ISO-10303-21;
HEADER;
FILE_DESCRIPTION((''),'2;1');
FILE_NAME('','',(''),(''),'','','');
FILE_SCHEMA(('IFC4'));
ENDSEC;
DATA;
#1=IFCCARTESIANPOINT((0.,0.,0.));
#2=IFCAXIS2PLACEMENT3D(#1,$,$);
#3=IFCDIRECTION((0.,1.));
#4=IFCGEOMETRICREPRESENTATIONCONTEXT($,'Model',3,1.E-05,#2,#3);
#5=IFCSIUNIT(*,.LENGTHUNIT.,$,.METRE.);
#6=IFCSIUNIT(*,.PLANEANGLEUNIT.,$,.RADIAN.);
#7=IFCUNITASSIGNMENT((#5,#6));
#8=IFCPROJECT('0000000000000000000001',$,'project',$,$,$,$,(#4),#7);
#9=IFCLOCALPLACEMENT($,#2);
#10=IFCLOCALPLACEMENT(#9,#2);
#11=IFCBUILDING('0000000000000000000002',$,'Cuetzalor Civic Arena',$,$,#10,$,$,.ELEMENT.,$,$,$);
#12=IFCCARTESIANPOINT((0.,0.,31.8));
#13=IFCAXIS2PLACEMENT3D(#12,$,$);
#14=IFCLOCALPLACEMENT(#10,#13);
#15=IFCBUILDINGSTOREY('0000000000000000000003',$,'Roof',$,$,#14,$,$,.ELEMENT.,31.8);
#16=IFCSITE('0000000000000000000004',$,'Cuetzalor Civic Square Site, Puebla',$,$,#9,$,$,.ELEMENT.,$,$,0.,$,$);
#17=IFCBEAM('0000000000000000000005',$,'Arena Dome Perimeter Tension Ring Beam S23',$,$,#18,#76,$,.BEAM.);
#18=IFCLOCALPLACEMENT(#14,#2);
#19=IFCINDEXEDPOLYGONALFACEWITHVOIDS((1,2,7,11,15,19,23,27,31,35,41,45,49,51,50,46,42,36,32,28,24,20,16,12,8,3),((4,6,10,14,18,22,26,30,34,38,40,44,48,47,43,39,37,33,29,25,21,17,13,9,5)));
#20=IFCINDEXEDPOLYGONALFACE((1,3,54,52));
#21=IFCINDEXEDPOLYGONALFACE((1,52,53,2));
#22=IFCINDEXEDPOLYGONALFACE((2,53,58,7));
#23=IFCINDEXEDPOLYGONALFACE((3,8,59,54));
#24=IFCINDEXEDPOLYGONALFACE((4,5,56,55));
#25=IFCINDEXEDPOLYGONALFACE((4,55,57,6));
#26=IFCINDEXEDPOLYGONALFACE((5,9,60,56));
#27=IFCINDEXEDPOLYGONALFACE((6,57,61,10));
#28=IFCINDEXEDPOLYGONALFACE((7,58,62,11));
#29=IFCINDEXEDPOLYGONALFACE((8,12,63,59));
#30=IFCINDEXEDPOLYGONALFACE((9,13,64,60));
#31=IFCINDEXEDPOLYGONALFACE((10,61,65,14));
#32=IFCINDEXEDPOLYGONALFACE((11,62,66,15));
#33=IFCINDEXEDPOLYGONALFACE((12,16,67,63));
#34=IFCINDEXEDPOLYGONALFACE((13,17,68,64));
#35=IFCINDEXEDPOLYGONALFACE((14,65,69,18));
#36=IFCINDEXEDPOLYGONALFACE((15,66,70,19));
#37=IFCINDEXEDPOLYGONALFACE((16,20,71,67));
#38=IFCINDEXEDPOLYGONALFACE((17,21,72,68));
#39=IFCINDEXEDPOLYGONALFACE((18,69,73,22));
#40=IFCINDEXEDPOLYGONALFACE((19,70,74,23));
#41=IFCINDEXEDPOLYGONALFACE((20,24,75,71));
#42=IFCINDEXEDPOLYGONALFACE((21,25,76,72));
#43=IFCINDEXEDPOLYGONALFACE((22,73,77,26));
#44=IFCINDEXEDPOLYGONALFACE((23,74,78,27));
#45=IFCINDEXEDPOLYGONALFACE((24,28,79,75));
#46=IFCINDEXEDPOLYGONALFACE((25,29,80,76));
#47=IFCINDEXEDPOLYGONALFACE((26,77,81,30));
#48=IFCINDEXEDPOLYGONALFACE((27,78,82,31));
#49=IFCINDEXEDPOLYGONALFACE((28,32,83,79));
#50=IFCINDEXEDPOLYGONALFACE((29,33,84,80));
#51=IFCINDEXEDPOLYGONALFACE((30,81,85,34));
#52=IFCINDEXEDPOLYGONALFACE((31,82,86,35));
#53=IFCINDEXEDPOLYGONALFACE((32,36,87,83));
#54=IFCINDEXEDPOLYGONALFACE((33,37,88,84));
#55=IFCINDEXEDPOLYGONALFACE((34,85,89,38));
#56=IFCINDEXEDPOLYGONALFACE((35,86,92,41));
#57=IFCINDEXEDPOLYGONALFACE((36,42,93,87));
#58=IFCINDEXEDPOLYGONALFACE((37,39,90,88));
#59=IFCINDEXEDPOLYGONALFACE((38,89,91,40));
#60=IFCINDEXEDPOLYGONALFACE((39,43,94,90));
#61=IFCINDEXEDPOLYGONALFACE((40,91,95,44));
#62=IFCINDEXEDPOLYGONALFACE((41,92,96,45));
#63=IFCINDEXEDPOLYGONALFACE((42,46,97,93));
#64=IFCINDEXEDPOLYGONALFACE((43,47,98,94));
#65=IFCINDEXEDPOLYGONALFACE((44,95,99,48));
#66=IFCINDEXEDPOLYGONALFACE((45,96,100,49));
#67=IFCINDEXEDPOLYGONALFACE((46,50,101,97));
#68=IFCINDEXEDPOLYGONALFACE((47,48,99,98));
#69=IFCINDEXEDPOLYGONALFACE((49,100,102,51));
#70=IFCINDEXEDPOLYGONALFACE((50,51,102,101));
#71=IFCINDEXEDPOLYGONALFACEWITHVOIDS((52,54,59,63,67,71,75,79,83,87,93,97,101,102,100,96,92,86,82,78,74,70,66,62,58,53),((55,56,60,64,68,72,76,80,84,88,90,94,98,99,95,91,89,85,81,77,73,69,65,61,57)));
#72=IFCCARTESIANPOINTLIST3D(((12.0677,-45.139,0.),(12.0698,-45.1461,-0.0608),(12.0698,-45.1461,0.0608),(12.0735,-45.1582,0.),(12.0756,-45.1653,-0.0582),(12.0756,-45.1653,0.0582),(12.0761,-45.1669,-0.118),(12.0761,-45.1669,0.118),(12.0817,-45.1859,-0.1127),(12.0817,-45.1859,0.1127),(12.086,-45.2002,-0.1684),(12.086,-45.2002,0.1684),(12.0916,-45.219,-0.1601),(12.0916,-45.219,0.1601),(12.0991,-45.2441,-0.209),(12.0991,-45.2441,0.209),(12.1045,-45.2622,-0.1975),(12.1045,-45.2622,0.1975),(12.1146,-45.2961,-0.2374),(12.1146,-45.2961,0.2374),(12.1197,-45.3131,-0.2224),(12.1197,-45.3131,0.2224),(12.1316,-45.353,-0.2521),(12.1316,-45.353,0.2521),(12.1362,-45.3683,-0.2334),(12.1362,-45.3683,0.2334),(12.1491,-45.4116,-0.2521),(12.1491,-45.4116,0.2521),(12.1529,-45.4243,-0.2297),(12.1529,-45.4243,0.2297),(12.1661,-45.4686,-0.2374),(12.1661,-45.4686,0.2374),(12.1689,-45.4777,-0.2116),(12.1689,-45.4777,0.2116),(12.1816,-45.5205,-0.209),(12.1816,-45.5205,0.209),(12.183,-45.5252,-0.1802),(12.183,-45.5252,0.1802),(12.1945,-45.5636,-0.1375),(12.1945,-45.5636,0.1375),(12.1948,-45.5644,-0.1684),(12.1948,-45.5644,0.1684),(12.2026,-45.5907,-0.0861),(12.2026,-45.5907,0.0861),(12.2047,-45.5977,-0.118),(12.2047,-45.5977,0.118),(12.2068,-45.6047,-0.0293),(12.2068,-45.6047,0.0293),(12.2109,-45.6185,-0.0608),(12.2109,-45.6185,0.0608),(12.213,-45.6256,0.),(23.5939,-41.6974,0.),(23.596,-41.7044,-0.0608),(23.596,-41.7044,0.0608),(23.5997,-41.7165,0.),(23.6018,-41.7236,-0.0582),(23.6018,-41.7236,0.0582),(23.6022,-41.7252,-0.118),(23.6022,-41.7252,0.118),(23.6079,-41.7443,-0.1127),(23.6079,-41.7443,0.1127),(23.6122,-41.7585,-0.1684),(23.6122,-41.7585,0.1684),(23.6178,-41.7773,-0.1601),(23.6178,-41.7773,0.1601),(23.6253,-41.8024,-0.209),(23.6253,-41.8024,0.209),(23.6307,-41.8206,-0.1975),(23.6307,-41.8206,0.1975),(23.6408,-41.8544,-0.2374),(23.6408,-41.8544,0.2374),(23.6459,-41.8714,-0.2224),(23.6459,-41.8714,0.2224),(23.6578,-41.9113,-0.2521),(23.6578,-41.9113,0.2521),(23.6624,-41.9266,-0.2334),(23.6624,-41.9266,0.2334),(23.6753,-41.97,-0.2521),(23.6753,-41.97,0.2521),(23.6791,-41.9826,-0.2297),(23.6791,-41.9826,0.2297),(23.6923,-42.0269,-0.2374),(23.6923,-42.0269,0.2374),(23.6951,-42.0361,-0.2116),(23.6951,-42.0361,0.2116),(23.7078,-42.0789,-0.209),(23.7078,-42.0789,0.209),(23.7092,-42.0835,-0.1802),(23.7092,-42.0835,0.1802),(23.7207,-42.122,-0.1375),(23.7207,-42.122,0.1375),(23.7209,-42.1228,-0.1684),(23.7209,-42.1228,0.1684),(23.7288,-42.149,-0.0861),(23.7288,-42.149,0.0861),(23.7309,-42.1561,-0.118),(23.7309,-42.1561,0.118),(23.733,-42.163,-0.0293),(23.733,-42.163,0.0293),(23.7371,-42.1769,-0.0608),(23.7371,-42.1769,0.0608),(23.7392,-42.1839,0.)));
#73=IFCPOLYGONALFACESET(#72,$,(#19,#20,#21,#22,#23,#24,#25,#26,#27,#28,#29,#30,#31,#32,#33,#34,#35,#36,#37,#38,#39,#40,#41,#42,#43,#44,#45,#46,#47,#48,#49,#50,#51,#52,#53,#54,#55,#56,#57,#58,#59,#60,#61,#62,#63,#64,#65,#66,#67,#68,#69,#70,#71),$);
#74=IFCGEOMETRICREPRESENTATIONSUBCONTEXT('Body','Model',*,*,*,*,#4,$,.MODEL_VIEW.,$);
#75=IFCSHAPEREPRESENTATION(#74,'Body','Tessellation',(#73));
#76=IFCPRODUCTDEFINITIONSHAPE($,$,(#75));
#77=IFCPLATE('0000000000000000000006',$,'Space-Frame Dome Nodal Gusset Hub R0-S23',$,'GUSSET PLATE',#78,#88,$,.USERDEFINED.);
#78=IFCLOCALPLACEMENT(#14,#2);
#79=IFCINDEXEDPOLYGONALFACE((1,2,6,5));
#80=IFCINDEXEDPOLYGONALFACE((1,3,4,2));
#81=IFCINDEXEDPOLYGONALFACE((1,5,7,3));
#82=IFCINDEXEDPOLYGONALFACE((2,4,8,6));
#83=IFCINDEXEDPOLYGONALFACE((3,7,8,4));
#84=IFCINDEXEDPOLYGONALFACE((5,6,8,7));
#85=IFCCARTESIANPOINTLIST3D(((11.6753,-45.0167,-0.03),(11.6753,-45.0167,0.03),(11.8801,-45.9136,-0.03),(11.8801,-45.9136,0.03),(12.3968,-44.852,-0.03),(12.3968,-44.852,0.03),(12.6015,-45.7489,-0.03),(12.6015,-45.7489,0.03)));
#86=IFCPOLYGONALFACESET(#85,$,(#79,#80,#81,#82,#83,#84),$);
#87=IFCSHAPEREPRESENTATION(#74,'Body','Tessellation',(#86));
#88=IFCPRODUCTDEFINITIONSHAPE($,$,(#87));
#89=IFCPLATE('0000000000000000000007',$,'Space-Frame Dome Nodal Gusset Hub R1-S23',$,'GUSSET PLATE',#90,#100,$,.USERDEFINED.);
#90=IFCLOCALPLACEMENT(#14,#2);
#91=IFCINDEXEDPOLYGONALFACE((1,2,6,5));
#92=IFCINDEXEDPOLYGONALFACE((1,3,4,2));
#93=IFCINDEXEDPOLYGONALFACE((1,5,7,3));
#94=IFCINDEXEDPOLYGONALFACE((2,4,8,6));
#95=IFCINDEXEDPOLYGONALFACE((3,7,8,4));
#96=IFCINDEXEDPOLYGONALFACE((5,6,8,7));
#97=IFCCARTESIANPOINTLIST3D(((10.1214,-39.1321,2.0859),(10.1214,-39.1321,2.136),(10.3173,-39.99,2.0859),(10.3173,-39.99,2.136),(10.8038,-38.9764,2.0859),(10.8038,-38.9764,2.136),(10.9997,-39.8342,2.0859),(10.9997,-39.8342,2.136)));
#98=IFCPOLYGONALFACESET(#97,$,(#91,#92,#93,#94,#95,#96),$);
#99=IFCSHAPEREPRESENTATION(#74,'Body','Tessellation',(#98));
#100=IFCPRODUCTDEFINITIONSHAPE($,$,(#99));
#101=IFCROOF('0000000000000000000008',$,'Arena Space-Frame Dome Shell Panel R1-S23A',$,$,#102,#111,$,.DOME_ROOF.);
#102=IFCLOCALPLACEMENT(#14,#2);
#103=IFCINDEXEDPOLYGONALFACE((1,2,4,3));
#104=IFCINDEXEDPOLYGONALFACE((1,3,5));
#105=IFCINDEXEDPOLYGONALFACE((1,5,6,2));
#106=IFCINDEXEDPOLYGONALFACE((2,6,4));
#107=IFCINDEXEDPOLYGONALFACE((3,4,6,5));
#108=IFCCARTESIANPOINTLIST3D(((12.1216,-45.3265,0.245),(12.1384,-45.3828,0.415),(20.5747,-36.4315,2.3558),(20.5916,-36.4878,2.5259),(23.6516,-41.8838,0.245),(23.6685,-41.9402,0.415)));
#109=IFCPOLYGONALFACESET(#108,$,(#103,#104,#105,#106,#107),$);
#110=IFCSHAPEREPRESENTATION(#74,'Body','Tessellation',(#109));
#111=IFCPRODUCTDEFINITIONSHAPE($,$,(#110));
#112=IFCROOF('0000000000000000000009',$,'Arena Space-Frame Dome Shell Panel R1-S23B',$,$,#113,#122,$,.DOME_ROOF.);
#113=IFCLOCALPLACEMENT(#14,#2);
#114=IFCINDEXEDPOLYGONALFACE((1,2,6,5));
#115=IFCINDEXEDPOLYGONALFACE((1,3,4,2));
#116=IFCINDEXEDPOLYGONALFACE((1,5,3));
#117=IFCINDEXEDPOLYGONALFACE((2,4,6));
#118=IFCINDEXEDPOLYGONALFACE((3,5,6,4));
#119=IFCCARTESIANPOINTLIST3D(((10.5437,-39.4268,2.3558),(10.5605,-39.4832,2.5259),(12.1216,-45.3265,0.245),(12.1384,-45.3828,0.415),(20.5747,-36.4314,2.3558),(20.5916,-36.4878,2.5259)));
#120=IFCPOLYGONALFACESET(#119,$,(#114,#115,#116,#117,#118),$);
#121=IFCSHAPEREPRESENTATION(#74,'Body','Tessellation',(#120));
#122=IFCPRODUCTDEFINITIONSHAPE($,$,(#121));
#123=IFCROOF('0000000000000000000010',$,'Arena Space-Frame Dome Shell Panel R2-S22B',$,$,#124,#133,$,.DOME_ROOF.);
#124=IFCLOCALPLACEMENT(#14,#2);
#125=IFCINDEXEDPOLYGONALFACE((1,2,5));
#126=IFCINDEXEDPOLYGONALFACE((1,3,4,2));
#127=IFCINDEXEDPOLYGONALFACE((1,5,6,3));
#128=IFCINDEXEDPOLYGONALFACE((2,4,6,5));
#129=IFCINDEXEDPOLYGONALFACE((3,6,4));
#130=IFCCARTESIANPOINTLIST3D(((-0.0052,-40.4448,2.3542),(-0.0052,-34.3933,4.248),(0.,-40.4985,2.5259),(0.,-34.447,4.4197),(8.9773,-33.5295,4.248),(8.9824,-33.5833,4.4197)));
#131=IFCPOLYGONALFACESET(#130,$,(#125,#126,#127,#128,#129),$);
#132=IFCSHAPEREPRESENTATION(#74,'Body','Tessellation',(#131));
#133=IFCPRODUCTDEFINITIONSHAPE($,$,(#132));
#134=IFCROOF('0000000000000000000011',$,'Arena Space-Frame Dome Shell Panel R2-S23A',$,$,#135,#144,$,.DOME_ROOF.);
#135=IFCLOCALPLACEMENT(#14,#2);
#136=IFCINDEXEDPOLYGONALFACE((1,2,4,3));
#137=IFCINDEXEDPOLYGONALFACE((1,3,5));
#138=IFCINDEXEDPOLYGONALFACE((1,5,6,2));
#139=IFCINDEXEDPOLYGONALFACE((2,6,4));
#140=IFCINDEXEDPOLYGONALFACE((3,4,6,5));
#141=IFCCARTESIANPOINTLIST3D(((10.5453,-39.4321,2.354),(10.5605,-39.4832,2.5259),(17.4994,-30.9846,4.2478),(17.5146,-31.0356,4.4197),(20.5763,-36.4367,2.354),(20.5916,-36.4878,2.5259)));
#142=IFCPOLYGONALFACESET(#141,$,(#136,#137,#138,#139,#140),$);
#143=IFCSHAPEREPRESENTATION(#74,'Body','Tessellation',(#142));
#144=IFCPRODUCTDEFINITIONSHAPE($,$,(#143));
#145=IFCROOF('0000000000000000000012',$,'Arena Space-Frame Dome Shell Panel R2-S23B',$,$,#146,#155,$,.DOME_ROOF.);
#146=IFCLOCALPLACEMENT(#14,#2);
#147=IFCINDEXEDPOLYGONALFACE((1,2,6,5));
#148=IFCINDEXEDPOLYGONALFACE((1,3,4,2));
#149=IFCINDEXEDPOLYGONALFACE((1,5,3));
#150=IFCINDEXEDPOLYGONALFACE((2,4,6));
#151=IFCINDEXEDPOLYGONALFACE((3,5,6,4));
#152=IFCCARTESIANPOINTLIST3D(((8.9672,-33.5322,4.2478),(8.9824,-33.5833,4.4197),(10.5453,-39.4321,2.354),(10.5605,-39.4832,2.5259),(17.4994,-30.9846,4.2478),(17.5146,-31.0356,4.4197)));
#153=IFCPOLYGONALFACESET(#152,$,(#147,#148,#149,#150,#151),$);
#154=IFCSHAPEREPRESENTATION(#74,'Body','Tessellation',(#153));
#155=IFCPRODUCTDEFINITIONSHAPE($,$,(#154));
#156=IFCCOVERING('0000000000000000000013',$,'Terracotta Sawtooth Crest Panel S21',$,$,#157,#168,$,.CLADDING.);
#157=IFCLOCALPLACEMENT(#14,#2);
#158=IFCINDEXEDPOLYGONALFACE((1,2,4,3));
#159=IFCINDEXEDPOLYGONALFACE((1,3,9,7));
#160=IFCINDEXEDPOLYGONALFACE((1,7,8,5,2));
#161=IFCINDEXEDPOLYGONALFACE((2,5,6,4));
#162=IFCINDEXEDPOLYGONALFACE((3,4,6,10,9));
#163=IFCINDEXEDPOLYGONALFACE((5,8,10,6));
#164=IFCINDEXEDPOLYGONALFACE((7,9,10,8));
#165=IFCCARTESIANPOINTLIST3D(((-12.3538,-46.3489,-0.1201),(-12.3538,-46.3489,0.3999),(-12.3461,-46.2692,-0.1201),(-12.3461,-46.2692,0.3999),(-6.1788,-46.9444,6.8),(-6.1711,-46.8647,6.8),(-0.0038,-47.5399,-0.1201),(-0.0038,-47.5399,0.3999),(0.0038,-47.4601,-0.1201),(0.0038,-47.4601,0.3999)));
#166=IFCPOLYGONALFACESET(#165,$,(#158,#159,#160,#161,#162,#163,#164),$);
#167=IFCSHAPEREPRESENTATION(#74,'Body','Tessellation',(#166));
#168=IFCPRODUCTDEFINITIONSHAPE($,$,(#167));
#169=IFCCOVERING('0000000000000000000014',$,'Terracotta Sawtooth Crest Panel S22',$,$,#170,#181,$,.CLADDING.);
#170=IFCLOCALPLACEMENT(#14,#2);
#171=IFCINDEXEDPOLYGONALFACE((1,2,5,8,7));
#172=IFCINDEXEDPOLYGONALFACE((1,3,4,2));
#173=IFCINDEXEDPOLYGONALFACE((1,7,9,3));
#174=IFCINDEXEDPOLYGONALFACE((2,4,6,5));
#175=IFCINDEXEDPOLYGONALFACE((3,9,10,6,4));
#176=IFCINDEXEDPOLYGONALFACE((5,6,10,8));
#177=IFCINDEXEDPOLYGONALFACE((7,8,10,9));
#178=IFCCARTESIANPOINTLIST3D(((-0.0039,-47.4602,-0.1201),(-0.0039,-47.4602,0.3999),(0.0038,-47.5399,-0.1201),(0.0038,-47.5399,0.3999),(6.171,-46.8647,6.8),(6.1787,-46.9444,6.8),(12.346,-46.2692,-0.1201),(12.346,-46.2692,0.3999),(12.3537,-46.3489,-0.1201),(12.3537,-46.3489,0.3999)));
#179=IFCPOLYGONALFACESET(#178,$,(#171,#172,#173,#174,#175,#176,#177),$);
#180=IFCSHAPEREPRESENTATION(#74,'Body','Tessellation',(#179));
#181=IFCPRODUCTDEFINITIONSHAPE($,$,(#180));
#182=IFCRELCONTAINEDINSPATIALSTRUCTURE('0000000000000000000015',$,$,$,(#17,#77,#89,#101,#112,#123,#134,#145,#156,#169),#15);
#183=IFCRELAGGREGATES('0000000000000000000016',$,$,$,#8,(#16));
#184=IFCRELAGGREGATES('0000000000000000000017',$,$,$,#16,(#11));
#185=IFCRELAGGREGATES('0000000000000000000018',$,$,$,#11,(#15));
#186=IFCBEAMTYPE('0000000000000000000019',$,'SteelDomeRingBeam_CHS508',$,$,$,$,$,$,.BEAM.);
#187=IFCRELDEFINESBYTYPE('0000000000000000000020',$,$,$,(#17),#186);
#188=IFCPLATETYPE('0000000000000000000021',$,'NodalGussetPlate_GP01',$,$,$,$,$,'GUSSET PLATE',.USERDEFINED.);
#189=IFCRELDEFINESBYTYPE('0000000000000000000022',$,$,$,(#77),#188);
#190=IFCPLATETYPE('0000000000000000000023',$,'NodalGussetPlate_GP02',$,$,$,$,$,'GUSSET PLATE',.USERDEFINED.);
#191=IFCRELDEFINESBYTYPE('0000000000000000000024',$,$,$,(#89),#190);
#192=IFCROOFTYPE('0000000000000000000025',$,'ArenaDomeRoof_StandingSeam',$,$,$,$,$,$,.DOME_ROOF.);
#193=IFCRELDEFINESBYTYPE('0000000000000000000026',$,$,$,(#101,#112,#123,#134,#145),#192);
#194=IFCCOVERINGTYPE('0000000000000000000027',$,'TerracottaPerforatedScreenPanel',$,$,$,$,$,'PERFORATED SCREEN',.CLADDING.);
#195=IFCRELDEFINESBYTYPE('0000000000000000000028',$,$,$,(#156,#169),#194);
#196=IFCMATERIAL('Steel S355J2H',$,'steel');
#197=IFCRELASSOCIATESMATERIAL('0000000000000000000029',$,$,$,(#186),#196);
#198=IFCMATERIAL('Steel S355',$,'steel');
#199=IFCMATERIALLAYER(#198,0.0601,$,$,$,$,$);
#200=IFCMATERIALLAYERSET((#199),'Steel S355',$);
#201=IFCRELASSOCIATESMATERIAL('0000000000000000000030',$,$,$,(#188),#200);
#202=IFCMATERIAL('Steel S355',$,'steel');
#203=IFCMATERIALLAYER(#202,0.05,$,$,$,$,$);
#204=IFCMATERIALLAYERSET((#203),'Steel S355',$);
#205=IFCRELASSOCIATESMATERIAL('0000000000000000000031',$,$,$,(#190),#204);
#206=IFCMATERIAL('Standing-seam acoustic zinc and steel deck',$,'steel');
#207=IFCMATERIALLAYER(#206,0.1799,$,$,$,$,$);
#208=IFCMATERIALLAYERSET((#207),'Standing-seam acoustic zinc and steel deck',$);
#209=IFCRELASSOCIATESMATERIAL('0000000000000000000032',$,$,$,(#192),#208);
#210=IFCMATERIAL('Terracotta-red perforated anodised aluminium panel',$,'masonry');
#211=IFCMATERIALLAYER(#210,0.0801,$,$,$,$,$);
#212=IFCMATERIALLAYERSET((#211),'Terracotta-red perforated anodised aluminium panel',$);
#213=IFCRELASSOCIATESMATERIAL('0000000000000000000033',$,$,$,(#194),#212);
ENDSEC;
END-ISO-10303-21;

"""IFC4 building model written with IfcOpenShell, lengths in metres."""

from ifc_helpers import new_model, si_unit, direction, frame, origin, origin_2d, place, context, subcontext, project, spatial, polyline, rectangle, hollow_circle, outline, extrude, material, layer, layer_set, material_profile, profile_set, type_object, element, save


model = new_model("IFC4")

# Units and contexts
model_context = context("Model", 3, precision=1e-05, world=origin(), true_north=direction((0.0, 1.0)))
body_context = subcontext(model_context, "Body", "Model", "MODEL_VIEW")
ifc_project = project(units=[si_unit("LENGTHUNIT", "METRE"), si_unit("PLANEANGLEUNIT", "RADIAN")], contexts=[model_context])

# Site, building, storey
site_placement = place(None, origin())
site = spatial("IfcSite", under=ifc_project, at=site_placement, Name="Cuetzalor Civic Square Site, Puebla", CompositionType="ELEMENT", RefElevation=0.0)
building_placement = place(site_placement, origin())
building = spatial("IfcBuilding", under=site, at=building_placement, Name="Cuetzalor Civic Arena", CompositionType="ELEMENT")
storey_placement = place(building_placement, frame((0.0, 0.0, 31.8)))
storey = spatial("IfcBuildingStorey", under=building, at=storey_placement, Name="Roof", CompositionType="ELEMENT", Elevation=31.8)

# Beam
ifc_material_1 = material(Name="Steel S355J2H", Category="steel")
ifc_material_profile_1 = material_profile(ifc_material_1, hollow_circle(Radius=0.2539, WallThickness=0.02, at=origin_2d()), Name="CHS 508x20")
ifc_profile_set_1 = profile_set([ifc_material_profile_1], Name="Steel S355J2H")
beam_type = type_object("IfcBeamType", Name="SteelDomeRingBeam_CHS508", PredefinedType="BEAM", material=ifc_profile_set_1)
beam_1_placement = place(storey_placement, frame((12.1404, -45.3823, 0.0), z_axis=(0.958196, 0.286113, 0.0), x_axis=(-0.286113, 0.958196, 0.0)))
element("IfcBeam", 1, at=beam_1_placement, inside=storey, type_object=beam_type, Name="Arena Dome Perimeter Tension Ring Beam S23", PredefinedType="BEAM", context=body_context, shape_type="SweptSolid", body=[
    extrude(hollow_circle(Radius=0.2539, WallThickness=0.02, at=origin_2d()), origin(), (0.0, 0.0, 1.0), 12.0291),
])

# Plates
ifc_material_2 = material(Name="Steel S355", Category="steel")
ifc_layer_1 = layer(ifc_material_2, 0.0601)
ifc_layer_set_1 = layer_set([ifc_layer_1], Name="Steel S355")
plate_type_1 = type_object("IfcPlateType", Name="NodalGussetPlate_GP01", ElementType="GUSSET PLATE", PredefinedType="USERDEFINED", material=ifc_layer_set_1)
plate_1_placement = place(storey_placement, frame((12.1384, -45.3828, -0.03), z_axis=(0.0, 0.0, 1.0), x_axis=(0.22257, -0.974917, 0.0)))
element("IfcPlate", 2, at=plate_1_placement, inside=storey, type_object=plate_type_1, Name="Space-Frame Dome Nodal Gusset Hub R0-S23", ObjectType="GUSSET PLATE", PredefinedType="USERDEFINED", context=body_context, shape_type="SweptSolid", body=[
    extrude(rectangle(XDim=0.9199, YDim=0.74, at=origin_2d()), origin(), (0.0, 0.0, 1.0), 0.0601),
])
ifc_material_3 = material(Name="Steel S355", Category="steel")
ifc_layer_2 = layer(ifc_material_3, 0.05)
ifc_layer_set_2 = layer_set([ifc_layer_2], Name="Steel S355")
plate_type_2 = type_object("IfcPlateType", Name="NodalGussetPlate_GP02", ElementType="GUSSET PLATE", PredefinedType="USERDEFINED", material=ifc_layer_set_2)
plate_2_placement = place(storey_placement, frame((10.5605, -39.4832, 2.0859), z_axis=(0.0, 0.0, 1.0), x_axis=(0.22257, -0.974917, 0.0)))
element("IfcPlate", 3, at=plate_2_placement, inside=storey, type_object=plate_type_2, Name="Space-Frame Dome Nodal Gusset Hub R1-S23", ObjectType="GUSSET PLATE", PredefinedType="USERDEFINED", context=body_context, shape_type="SweptSolid", body=[
    extrude(rectangle(XDim=0.8799, YDim=0.7, at=origin_2d()), origin(), (0.0, 0.0, 1.0), 0.05),
])

# Roofs
ifc_material_4 = material(Name="Standing-seam acoustic zinc and steel deck", Category="steel")
ifc_layer_3 = layer(ifc_material_4, 0.1799)
ifc_layer_set_3 = layer_set([ifc_layer_3], Name="Standing-seam acoustic zinc and steel deck")
roof_type = type_object("IfcRoofType", Name="ArenaDomeRoof_StandingSeam", PredefinedType="DOME_ROOF", material=ifc_layer_set_3)
roof_1_placement = place(storey_placement, frame((12.1384, -45.3828, 0.415), z_axis=(0.093493, -0.313126, 0.945099), x_axis=(0.9582, 0.286099, 0.0)))
element("IfcRoof", 4, at=roof_1_placement, inside=storey, type_object=roof_type, Name="Arena Space-Frame Dome Shell Panel R1-S23A", PredefinedType="DOME_ROOF", context=body_context, shape_type="SweptSolid", body=[
    extrude(outline(polyline([(0.0, 0.0), (12.033, 0.0), (10.6446, 6.4594), (0.0, 0.0)])), origin(), (0.0, 0.0, -1.0), 0.1799),
])
roof_2_placement = place(storey_placement, frame((12.1384, -45.3828, 0.415), z_axis=(0.093506, -0.313137, 0.945094), x_axis=(0.678901, 0.714391, 0.169529)))
element("IfcRoof", 5, at=roof_2_placement, inside=storey, type_object=roof_type, Name="Arena Space-Frame Dome Shell Panel R1-S23B", PredefinedType="DOME_ROOF", context=body_context, shape_type="SweptSolid", body=[
    extrude(outline(polyline([(0.0, 0.0), (12.4512, 0.0), (3.5013, 5.4307), (0.0, 0.0)])), origin(), (0.0, 0.0, -1.0), 0.1799),
])
roof_3_placement = place(storey_placement, frame((0.0, -40.4985, 2.5259), z_axis=(0.028708, -0.29854, 0.953965), x_axis=(0.781549, 0.60169, 0.164777)))
element("IfcRoof", 6, at=roof_3_placement, inside=storey, type_object=roof_type, Name="Arena Space-Frame Dome Shell Panel R2-S22B", PredefinedType="DOME_ROOF", context=body_context, shape_type="SweptSolid", body=[
    extrude(outline(polyline([(0.0, 0.0), (11.4931, 0.0), (3.9532, 4.9578), (0.0, 0.0)])), origin(), (0.0, 0.0, -1.0), 0.1799),
])
roof_4_placement = place(storey_placement, frame((10.5605, -39.4832, 2.5259), z_axis=(0.084778, -0.283908, 0.955096), x_axis=(0.958192, 0.286126, 0.0)))
element("IfcRoof", 7, at=roof_4_placement, inside=storey, type_object=roof_type, Name="Arena Space-Frame Dome Shell Panel R2-S23A", PredefinedType="DOME_ROOF", context=body_context, shape_type="SweptSolid", body=[
    extrude(outline(polyline([(0.0, 0.0), (10.4687, 0.0), (9.0804, 6.3916), (0.0, 0.0)])), origin(), (0.0, 0.0, -1.0), 0.1799),
])
roof_5_placement = place(storey_placement, frame((10.5605, -39.4832, 2.5259), z_axis=(0.084769, -0.283901, 0.955099), x_axis=(0.626251, 0.760739, 0.170546)))
element("IfcRoof", 8, at=roof_5_placement, inside=storey, type_object=roof_type, Name="Arena Space-Frame Dome Shell Panel R2-S23B", PredefinedType="DOME_ROOF", context=body_context, shape_type="SweptSolid", body=[
    extrude(outline(polyline([(0.0, 0.0), (11.1043, 0.0), (3.823, 5.1255), (0.0, 0.0)])), origin(), (0.0, 0.0, -1.0), 0.1799),
])

# Coverings
ifc_material_5 = material(Name="Terracotta-red perforated anodised aluminium panel", Category="masonry")
ifc_layer_4 = layer(ifc_material_5, 0.0801)
ifc_layer_set_4 = layer_set([ifc_layer_4], Name="Terracotta-red perforated anodised aluminium panel")
covering_type = type_object("IfcCoveringType", Name="TerracottaPerforatedScreenPanel", ElementType="PERFORATED SCREEN", PredefinedType="CLADDING", material=ifc_layer_set_4)
for number, where, z_axis, x_axis, name in (
    (9, (0.0, -47.5, -0.1201), (0.0, 0.0, 1.0), (-0.995383, 0.095986, 0.0), "Terracotta Sawtooth Crest Panel S21"),
    (10, (12.3499, -46.3091, -0.1201), (0.0, 0.0, 1.0), (-0.995383, -0.095986, 0.0), "Terracotta Sawtooth Crest Panel S22"),
):
    element("IfcCovering", number, at=place(storey_placement, frame(where, z_axis=z_axis, x_axis=x_axis)), inside=storey, type_object=covering_type, Name=name, PredefinedType="CLADDING", context=body_context, shape_type="SweptSolid", body=[
        extrude(outline(polyline([(0.0, 0.0), (12.4072, 0.0), (12.4072, 0.52), (6.2036, 6.9202), (0.0, 0.52), (0.0, 0.0)])), frame((0.0, 0.04, 0.0), z_axis=(0.0, -1.0, 0.0), x_axis=(1.0, 0.0, 0.0)), (0.0, 0.0, 1.0), 0.0801),
    ])

save(model, "model.ifc")
